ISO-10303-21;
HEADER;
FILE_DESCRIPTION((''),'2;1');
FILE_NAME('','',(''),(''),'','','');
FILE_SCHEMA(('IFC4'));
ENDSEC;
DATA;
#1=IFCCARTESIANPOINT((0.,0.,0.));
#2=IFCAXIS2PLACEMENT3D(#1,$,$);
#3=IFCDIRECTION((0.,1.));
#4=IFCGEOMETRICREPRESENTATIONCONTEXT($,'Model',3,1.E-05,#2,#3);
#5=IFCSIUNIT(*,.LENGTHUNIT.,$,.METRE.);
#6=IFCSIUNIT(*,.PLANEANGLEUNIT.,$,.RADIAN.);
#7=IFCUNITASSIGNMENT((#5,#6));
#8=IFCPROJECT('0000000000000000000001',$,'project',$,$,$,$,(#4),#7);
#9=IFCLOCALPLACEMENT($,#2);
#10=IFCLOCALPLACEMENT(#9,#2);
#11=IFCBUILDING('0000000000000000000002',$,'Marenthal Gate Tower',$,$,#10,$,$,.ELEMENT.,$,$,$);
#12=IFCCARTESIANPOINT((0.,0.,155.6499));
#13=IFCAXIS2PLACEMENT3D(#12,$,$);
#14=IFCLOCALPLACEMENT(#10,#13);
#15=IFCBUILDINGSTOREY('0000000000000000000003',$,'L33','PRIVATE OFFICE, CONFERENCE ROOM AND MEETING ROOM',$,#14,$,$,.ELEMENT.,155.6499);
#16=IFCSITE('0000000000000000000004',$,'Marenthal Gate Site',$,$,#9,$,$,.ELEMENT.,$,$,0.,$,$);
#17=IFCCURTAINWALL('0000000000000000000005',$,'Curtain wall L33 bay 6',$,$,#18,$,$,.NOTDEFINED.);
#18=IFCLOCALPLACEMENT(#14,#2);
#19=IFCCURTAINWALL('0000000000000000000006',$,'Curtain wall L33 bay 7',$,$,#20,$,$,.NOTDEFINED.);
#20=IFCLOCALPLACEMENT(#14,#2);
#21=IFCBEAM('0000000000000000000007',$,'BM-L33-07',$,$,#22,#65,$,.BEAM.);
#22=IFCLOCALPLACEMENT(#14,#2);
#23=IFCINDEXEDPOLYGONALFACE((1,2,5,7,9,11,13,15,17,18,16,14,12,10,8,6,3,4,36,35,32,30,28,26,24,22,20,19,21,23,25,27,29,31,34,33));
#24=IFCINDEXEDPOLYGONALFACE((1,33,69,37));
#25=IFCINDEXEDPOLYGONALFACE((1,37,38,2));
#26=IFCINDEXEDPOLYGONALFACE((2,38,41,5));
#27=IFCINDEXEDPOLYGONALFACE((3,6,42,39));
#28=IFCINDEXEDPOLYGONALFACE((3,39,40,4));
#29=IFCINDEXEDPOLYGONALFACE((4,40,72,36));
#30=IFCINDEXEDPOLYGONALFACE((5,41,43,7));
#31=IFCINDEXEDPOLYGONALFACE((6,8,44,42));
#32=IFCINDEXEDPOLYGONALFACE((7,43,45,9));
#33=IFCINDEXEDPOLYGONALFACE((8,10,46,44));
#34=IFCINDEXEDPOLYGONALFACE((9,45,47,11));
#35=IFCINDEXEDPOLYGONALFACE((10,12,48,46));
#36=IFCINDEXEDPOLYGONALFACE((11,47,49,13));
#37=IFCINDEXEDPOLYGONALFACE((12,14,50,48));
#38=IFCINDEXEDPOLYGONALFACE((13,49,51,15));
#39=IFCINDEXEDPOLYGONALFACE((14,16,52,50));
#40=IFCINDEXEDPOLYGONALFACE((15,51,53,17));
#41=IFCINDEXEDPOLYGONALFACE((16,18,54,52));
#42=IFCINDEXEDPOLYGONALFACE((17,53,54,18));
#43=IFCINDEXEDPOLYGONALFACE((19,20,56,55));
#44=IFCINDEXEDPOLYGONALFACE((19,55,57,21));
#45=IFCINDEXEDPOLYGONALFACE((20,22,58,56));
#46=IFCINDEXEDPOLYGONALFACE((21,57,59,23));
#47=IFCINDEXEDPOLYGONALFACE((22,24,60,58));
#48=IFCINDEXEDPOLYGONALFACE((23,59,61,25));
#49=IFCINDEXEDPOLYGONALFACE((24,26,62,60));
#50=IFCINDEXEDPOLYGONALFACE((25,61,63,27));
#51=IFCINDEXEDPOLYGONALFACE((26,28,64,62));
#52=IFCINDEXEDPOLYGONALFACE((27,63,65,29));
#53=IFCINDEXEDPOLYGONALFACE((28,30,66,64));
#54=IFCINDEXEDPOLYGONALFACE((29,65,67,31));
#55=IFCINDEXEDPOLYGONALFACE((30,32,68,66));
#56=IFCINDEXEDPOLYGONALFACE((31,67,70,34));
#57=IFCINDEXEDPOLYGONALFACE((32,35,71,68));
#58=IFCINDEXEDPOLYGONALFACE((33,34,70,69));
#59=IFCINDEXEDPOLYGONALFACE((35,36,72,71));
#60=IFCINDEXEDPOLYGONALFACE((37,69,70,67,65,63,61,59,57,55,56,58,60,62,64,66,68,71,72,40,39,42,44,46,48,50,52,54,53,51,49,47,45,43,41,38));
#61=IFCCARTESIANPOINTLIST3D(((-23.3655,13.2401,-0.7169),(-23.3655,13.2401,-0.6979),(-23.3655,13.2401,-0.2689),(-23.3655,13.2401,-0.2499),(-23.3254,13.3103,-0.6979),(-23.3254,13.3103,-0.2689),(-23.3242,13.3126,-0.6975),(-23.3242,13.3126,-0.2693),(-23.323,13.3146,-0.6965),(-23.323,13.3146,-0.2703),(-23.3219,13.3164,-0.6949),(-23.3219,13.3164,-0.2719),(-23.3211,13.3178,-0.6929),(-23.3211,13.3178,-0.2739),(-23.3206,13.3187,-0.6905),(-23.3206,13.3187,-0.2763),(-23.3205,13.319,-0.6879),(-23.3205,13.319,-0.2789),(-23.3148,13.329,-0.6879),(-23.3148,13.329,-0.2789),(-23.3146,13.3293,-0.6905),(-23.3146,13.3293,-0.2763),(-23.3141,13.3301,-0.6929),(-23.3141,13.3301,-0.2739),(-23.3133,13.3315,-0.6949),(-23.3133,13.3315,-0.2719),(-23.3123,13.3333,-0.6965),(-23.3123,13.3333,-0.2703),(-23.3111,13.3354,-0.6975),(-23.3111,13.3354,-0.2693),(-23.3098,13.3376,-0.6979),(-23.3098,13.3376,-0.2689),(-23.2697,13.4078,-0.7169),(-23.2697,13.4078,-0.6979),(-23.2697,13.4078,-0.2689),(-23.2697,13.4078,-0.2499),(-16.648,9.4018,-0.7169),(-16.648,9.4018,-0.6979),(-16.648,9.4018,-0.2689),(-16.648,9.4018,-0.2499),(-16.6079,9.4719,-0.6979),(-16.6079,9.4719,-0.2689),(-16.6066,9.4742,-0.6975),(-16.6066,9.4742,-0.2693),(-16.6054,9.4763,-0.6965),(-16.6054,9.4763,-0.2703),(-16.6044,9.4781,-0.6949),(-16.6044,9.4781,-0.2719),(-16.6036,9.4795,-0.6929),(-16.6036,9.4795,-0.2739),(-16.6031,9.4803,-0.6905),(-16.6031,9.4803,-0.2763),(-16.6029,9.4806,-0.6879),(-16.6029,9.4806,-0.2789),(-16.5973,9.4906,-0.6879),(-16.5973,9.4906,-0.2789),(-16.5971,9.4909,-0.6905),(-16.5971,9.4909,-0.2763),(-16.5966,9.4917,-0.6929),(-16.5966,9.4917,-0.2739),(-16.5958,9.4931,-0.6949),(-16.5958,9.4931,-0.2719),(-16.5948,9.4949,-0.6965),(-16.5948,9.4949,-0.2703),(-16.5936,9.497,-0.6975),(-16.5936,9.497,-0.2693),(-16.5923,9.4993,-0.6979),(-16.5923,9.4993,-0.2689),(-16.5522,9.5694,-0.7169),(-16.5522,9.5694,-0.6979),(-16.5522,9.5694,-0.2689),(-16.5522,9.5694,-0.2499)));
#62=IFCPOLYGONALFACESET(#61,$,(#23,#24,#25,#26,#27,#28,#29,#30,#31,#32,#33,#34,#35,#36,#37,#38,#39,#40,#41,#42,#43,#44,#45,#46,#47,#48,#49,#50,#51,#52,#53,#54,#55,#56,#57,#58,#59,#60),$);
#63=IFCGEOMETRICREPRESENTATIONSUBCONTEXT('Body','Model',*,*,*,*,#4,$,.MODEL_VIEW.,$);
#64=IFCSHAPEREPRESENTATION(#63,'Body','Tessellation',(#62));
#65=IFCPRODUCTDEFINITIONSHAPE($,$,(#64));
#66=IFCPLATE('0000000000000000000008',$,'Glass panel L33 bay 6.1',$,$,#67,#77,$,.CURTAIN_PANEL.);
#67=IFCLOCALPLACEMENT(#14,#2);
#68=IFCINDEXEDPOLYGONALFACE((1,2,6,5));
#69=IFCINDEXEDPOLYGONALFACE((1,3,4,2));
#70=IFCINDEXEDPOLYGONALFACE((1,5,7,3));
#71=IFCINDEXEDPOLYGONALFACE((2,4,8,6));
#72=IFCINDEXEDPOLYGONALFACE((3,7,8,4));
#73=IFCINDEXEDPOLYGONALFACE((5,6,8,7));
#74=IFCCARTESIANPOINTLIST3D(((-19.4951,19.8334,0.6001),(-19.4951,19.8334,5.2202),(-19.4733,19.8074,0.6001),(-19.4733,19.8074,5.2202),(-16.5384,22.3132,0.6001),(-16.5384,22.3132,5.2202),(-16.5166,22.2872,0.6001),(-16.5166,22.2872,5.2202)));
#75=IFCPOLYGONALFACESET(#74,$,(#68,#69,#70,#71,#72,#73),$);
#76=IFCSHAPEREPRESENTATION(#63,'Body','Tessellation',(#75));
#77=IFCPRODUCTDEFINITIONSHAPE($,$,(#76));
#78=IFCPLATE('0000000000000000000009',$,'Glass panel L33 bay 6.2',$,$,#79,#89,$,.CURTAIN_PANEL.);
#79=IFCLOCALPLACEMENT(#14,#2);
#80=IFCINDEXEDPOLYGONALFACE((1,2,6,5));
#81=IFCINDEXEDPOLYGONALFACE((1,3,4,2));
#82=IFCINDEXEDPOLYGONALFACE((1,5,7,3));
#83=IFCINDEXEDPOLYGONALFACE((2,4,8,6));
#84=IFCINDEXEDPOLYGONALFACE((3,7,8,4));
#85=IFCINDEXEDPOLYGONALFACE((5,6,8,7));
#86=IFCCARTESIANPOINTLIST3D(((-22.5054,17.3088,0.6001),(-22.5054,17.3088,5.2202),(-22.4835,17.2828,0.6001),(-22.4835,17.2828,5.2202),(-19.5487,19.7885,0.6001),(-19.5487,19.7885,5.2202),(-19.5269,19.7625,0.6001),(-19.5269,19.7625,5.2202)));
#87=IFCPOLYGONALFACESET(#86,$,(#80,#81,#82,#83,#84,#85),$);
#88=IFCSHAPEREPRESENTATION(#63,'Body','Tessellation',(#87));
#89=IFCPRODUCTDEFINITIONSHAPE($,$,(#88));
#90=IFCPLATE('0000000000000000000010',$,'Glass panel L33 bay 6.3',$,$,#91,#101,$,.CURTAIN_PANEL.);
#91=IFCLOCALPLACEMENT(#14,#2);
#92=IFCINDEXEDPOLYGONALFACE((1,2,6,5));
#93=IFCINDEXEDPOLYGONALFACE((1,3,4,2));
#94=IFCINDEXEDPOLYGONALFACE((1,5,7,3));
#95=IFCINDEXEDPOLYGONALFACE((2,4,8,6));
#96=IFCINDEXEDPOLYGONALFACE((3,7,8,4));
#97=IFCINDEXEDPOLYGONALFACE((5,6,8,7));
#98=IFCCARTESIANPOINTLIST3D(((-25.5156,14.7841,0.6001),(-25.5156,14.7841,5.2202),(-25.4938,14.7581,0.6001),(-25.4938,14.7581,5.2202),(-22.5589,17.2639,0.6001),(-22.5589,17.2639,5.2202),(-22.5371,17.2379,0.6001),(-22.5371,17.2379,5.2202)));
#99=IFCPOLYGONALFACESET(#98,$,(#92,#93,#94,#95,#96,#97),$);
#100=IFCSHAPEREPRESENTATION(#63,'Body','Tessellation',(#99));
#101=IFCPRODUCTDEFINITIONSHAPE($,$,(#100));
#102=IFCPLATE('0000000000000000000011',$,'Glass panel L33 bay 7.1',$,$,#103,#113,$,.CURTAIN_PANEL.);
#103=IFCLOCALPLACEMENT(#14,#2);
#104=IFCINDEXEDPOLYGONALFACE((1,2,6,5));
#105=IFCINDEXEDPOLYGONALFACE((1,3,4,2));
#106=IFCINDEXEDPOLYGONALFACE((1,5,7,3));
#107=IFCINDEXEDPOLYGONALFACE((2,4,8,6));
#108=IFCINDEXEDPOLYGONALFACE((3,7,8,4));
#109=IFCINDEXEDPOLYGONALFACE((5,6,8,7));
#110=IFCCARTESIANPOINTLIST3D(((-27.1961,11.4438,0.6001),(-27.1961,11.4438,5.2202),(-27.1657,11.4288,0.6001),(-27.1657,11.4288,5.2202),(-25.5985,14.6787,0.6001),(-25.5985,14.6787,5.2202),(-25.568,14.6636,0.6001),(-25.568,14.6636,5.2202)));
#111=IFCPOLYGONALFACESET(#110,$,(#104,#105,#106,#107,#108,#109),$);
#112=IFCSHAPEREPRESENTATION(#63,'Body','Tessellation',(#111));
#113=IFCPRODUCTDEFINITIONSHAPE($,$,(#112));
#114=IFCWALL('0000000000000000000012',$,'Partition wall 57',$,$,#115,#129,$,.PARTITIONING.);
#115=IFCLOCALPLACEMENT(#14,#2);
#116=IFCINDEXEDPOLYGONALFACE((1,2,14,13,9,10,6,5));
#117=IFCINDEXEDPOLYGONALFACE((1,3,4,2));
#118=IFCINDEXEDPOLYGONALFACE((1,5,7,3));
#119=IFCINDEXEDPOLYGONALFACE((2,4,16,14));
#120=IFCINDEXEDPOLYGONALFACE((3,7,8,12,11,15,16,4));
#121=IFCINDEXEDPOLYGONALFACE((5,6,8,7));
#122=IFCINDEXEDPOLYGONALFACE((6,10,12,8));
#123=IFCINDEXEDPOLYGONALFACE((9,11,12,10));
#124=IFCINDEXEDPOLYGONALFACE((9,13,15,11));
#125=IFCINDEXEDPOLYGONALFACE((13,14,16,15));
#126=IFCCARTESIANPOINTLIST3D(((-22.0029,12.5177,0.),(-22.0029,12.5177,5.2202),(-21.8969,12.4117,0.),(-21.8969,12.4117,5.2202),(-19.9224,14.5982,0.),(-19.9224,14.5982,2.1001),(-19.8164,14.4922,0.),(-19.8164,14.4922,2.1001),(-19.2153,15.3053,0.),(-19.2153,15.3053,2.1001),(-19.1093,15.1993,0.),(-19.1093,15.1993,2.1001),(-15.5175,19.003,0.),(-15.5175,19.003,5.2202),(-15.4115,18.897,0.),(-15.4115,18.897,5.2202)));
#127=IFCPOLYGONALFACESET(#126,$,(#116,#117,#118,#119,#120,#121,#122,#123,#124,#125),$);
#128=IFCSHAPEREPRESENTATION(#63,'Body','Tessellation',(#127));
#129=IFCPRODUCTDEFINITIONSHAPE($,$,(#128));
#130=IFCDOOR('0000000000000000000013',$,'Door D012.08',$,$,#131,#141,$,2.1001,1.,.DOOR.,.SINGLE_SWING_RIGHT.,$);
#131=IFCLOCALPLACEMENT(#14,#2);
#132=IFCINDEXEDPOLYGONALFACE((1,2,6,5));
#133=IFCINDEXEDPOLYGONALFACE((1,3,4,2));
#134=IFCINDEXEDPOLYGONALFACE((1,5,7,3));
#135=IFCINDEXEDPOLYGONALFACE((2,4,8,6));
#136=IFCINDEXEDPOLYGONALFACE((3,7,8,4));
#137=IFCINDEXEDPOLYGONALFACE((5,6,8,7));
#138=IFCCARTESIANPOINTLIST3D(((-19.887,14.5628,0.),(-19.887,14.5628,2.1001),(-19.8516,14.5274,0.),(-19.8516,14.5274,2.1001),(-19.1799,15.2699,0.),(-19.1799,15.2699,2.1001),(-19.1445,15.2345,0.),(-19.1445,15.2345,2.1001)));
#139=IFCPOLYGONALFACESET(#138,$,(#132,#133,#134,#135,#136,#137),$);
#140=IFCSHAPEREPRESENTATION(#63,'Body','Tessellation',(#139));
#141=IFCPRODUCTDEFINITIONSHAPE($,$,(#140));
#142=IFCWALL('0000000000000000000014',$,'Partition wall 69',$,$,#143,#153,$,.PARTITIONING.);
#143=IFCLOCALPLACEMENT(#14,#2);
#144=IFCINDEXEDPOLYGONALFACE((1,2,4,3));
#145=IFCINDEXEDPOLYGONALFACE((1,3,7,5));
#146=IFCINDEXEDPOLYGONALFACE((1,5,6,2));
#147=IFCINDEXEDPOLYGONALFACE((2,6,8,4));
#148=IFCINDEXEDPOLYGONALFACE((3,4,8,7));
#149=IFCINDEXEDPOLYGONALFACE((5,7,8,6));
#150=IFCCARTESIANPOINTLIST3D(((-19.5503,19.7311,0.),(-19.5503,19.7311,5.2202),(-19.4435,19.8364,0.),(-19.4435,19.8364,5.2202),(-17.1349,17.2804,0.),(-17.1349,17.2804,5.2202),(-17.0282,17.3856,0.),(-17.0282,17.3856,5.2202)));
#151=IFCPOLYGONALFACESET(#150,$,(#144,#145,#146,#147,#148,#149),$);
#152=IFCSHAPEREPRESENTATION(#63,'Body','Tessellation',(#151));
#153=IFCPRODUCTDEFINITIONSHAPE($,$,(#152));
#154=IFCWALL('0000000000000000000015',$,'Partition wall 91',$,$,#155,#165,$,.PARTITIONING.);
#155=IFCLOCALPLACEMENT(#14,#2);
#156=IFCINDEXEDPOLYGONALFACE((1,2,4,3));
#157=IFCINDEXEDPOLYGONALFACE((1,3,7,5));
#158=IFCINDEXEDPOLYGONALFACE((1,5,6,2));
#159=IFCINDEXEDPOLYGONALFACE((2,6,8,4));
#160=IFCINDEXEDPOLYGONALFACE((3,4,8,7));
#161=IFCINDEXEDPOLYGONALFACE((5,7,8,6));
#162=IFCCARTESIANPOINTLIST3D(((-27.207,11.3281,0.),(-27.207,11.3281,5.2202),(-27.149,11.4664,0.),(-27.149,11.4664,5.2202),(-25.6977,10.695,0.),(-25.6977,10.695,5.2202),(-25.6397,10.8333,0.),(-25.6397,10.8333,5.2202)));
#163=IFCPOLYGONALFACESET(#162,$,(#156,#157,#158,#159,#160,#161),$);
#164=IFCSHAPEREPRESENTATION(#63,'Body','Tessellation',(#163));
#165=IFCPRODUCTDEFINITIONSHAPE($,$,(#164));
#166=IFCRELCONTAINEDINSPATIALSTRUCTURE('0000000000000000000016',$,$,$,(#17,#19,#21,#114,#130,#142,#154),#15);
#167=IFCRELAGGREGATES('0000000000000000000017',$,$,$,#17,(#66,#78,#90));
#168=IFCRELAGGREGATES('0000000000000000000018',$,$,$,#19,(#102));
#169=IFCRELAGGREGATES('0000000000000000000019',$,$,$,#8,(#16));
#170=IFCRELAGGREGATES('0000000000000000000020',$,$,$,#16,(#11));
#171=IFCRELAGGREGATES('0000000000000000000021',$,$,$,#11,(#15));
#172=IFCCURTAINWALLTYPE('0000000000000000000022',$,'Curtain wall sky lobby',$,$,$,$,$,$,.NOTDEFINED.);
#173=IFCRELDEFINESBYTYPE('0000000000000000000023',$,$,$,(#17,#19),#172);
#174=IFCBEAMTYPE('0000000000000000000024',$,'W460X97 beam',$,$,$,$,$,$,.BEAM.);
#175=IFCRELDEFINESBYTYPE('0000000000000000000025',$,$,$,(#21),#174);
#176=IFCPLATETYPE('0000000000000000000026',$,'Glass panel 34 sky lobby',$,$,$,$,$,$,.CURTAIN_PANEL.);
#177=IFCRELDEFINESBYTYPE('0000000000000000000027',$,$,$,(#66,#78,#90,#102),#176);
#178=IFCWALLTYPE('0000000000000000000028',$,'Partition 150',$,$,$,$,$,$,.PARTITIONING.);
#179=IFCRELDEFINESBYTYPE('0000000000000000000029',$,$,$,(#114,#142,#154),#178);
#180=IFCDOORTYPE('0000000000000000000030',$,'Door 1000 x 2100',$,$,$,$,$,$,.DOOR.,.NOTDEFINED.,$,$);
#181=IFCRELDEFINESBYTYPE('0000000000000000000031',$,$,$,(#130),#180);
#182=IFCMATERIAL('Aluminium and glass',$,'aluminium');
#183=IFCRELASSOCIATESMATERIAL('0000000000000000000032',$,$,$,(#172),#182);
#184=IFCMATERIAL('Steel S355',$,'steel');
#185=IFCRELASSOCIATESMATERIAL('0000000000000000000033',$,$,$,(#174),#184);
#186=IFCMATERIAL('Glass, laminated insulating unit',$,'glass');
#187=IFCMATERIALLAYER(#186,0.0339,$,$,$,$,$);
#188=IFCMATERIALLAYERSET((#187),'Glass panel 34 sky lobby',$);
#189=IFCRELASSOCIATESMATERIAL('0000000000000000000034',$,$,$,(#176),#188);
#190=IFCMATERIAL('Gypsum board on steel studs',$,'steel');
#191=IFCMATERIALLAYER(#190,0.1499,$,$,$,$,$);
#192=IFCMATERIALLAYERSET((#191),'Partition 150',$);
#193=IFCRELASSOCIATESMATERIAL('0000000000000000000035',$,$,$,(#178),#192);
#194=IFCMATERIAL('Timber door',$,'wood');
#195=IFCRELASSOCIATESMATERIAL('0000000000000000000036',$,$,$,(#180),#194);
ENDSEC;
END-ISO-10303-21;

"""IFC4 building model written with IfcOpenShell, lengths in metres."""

from ifc_helpers import new_model, si_unit, direction, frame, frame_2d, origin, origin_2d, place, context, subcontext, project, spatial, rectangle, i_section, extrude, material, layer, layer_set, material_profile, profile_set, type_object, element, fill, aggregate, save


model = new_model("IFC4")

# Units and contexts
model_context = context("Model", 3, precision=1e-05, world=origin(), true_north=direction((0.0, 1.0)))
body_context = subcontext(model_context, "Body", "Model", "MODEL_VIEW")
ifc_project = project(units=[si_unit("LENGTHUNIT", "METRE"), si_unit("PLANEANGLEUNIT", "RADIAN")], contexts=[model_context])

# Site, building, storey
site_placement = place(None, origin())
site = spatial("IfcSite", under=ifc_project, at=site_placement, Name="Marenthal Gate Site", CompositionType="ELEMENT", RefElevation=0.0)
building_placement = place(site_placement, origin())
building = spatial("IfcBuilding", under=site, at=building_placement, Name="Marenthal Gate Tower", CompositionType="ELEMENT")
storey_placement = place(building_placement, frame((0.0, 0.0, 155.6499)))
storey = spatial("IfcBuildingStorey", under=building, at=storey_placement, Name="L33", Description="PRIVATE OFFICE, CONFERENCE ROOM AND MEETING ROOM", CompositionType="ELEMENT", Elevation=155.6499)

# Shared definitions
ifc_material_1 = material(Name="Aluminium and glass", Category="aluminium")
curtain_wall_type = type_object("IfcCurtainWallType", Name="Curtain wall sky lobby", PredefinedType="NOTDEFINED", material=ifc_material_1)

# Curtain walls
curtain_wall_1_placement = place(storey_placement, origin())
curtain_wall_1 = element("IfcCurtainWall", 1, at=curtain_wall_1_placement, inside=storey, type_object=curtain_wall_type, Name="Curtain wall L33 bay 6", PredefinedType="NOTDEFINED")
curtain_wall_2_placement = place(storey_placement, origin())
curtain_wall_2 = element("IfcCurtainWall", 2, at=curtain_wall_2_placement, inside=storey, type_object=curtain_wall_type, Name="Curtain wall L33 bay 7", PredefinedType="NOTDEFINED")

# Beam
ifc_material_2 = material(Name="Steel S355", Category="steel")
ifc_material_profile_1 = material_profile(ifc_material_2, i_section(OverallWidth=0.1931, OverallDepth=0.467, WebThickness=0.0115, FlangeThickness=0.019, FilletRadius=0.01, at=origin_2d()), Name="W460X97")
ifc_profile_set_1 = profile_set([ifc_material_profile_1], Name="Steel S355")
beam_type_1 = type_object("IfcBeamType", Name="W460X97 beam", PredefinedType="BEAM", material=ifc_profile_set_1)
beam_1_placement = place(storey_placement, frame((-23.3176, 13.324, -0.4834), z_axis=(0.868255, -0.496119, 0.0), x_axis=(0.496119, 0.868255, 0.0)))
element("IfcBeam", 3, at=beam_1_placement, inside=storey, type_object=beam_type_1, Name="BM-L33-07", PredefinedType="BEAM", context=body_context, shape_type="SweptSolid", body=[
    extrude(i_section(OverallWidth=0.1931, OverallDepth=0.467, WebThickness=0.0115, FlangeThickness=0.019, FilletRadius=0.01, at=origin_2d()), origin(), (0.0, 0.0, 1.0), 7.7368),
])

# Plates
ifc_material_3 = material(Name="Glass, laminated insulating unit", Category="glass")
ifc_layer_1 = layer(ifc_material_3, 0.0339)
ifc_layer_set_1 = layer_set([ifc_layer_1], Name="Glass panel 34 sky lobby")
plate_type = type_object("IfcPlateType", Name="Glass panel 34 sky lobby", PredefinedType="CURTAIN_PANEL", material=ifc_layer_set_1)
plate_1_placement = place(storey_placement, frame((-18.0059, 21.0603, 0.6001), z_axis=(0.0, 0.0, 1.0), x_axis=(-0.7662, -0.642602, 0.0)))
plate_1 = element("IfcPlate", 4, at=plate_1_placement, type_object=plate_type, Name="Glass panel L33 bay 6.1", PredefinedType="CURTAIN_PANEL", context=body_context, shape_type="SweptSolid", body=[
    extrude(rectangle(XDim=3.8589, YDim=0.0339, at=origin_2d()), origin(), (0.0, 0.0, 1.0), 4.6201),
])
plate_2_placement = place(storey_placement, frame((-21.0161, 18.5356, 0.6001), z_axis=(0.0, 0.0, 1.0), x_axis=(-0.7662, -0.642602, 0.0)))
plate_2 = element("IfcPlate", 5, at=plate_2_placement, type_object=plate_type, Name="Glass panel L33 bay 6.2", PredefinedType="CURTAIN_PANEL", context=body_context, shape_type="SweptSolid", body=[
    extrude(rectangle(XDim=3.8589, YDim=0.0339, at=origin_2d()), origin(), (0.0, 0.0, 1.0), 4.6201),
])
plate_3_placement = place(storey_placement, frame((-24.0264, 16.011, 0.6001), z_axis=(0.0, 0.0, 1.0), x_axis=(-0.7662, -0.642602, 0.0)))
plate_3 = element("IfcPlate", 6, at=plate_3_placement, type_object=plate_type, Name="Glass panel L33 bay 6.3", PredefinedType="CURTAIN_PANEL", context=body_context, shape_type="SweptSolid", body=[
    extrude(rectangle(XDim=3.8589, YDim=0.0339, at=origin_2d()), origin(), (0.0, 0.0, 1.0), 4.6201),
])
aggregate(curtain_wall_1, [plate_1, plate_2, plate_3])
plate_4_placement = place(storey_placement, frame((-26.3821, 13.0537, 0.6001), z_axis=(0.0, 0.0, 1.0), x_axis=(-0.442824, -0.896609, 0.0)))
plate_4 = element("IfcPlate", 7, at=plate_4_placement, type_object=plate_type, Name="Glass panel L33 bay 7.1", PredefinedType="CURTAIN_PANEL", context=body_context, shape_type="SweptSolid", body=[
    extrude(rectangle(XDim=3.6079, YDim=0.0339, at=origin_2d()), origin(), (0.0, 0.0, 1.0), 4.6201),
])
aggregate(curtain_wall_2, [plate_4])

# Wall, opening, door
ifc_material_4 = material(Name="Gypsum board on steel studs", Category="steel")
ifc_layer_2 = layer(ifc_material_4, 0.1499)
ifc_layer_set_2 = layer_set([ifc_layer_2], Name="Partition 150")
wall_type = type_object("IfcWallType", Name="Partition 150", PredefinedType="PARTITIONING", material=ifc_layer_set_2)
wall_1_placement = place(storey_placement, frame((-21.95, 12.4646, 0.0), z_axis=(0.0, 0.0, 1.0), x_axis=(0.707107, 0.707107, 0.0)))
wall_1 = element("IfcWall", 8, at=wall_1_placement, inside=storey, type_object=wall_type, Name="Partition wall 57", PredefinedType="PARTITIONING", context=body_context, shape_type="SweptSolid", body=[
    extrude(rectangle(XDim=9.1716, YDim=0.1499, at=frame_2d((4.5859, 0.0))), origin(), (0.0, 0.0, 1.0), 5.2202),
])
opening_placement = place(wall_1_placement, frame((2.9424, 0.0, 0.0)))
opening = element("IfcOpeningElement", 9, at=opening_placement, cuts=wall_1, PredefinedType="OPENING", context=body_context, shape_type="SweptSolid", body=[
    extrude(rectangle(XDim=1.0, YDim=2.1001, at=frame_2d((0.5, 1.05))), frame((0.0, 0.085, 0.0), z_axis=(0.0, -1.0, 0.0), x_axis=(1.0, 0.0, 0.0)), (0.0, 0.0, 1.0), 0.1699),
])
ifc_material_5 = material(Name="Timber door", Category="wood")
door_type = type_object("IfcDoorType", Name="Door 1000 x 2100", OperationType="NOTDEFINED", PredefinedType="DOOR", material=ifc_material_5)
door_placement = place(opening_placement, origin())
door = element("IfcDoor", 10, at=door_placement, inside=storey, type_object=door_type, Name="Door D012.08", OperationType="SINGLE_SWING_RIGHT", OverallHeight=2.1001, OverallWidth=1.0, PredefinedType="DOOR", context=body_context, shape_type="SweptSolid", body=[
    extrude(rectangle(XDim=1.0, YDim=2.1001, at=frame_2d((0.5, 1.05))), frame((0.0, 0.0249, 0.0), z_axis=(0.0, -1.0, 0.0), x_axis=(1.0, 0.0, 0.0)), (0.0, 0.0, 1.0), 0.05),
])
fill(opening, door)

# Walls
wall_2_placement = place(storey_placement, frame((-17.0815, 17.333, 0.0), z_axis=(0.0, 0.0, 1.0), x_axis=(-0.701944, 0.712232, 0.0)))
element("IfcWall", 11, at=wall_2_placement, inside=storey, type_object=wall_type, Name="Partition wall 69", PredefinedType="PARTITIONING", context=body_context, shape_type="SweptSolid", body=[
    extrude(rectangle(XDim=3.4409, YDim=0.1499, at=frame_2d((1.7205, 0.0))), origin(), (0.0, 0.0, 1.0), 5.2202),
])
wall_3_placement = place(storey_placement, frame((-25.6687, 10.7642, 0.0), z_axis=(0.0, 0.0, 1.0), x_axis=(-0.922165, 0.386796, 0.0)))
element("IfcWall", 12, at=wall_3_placement, inside=storey, type_object=wall_type, Name="Partition wall 91", PredefinedType="PARTITIONING", context=body_context, shape_type="SweptSolid", body=[
    extrude(rectangle(XDim=1.6367, YDim=0.1499, at=frame_2d((0.8184, 0.0))), origin(), (0.0, 0.0, 1.0), 5.2202),
])

save(model, "model.ifc")
